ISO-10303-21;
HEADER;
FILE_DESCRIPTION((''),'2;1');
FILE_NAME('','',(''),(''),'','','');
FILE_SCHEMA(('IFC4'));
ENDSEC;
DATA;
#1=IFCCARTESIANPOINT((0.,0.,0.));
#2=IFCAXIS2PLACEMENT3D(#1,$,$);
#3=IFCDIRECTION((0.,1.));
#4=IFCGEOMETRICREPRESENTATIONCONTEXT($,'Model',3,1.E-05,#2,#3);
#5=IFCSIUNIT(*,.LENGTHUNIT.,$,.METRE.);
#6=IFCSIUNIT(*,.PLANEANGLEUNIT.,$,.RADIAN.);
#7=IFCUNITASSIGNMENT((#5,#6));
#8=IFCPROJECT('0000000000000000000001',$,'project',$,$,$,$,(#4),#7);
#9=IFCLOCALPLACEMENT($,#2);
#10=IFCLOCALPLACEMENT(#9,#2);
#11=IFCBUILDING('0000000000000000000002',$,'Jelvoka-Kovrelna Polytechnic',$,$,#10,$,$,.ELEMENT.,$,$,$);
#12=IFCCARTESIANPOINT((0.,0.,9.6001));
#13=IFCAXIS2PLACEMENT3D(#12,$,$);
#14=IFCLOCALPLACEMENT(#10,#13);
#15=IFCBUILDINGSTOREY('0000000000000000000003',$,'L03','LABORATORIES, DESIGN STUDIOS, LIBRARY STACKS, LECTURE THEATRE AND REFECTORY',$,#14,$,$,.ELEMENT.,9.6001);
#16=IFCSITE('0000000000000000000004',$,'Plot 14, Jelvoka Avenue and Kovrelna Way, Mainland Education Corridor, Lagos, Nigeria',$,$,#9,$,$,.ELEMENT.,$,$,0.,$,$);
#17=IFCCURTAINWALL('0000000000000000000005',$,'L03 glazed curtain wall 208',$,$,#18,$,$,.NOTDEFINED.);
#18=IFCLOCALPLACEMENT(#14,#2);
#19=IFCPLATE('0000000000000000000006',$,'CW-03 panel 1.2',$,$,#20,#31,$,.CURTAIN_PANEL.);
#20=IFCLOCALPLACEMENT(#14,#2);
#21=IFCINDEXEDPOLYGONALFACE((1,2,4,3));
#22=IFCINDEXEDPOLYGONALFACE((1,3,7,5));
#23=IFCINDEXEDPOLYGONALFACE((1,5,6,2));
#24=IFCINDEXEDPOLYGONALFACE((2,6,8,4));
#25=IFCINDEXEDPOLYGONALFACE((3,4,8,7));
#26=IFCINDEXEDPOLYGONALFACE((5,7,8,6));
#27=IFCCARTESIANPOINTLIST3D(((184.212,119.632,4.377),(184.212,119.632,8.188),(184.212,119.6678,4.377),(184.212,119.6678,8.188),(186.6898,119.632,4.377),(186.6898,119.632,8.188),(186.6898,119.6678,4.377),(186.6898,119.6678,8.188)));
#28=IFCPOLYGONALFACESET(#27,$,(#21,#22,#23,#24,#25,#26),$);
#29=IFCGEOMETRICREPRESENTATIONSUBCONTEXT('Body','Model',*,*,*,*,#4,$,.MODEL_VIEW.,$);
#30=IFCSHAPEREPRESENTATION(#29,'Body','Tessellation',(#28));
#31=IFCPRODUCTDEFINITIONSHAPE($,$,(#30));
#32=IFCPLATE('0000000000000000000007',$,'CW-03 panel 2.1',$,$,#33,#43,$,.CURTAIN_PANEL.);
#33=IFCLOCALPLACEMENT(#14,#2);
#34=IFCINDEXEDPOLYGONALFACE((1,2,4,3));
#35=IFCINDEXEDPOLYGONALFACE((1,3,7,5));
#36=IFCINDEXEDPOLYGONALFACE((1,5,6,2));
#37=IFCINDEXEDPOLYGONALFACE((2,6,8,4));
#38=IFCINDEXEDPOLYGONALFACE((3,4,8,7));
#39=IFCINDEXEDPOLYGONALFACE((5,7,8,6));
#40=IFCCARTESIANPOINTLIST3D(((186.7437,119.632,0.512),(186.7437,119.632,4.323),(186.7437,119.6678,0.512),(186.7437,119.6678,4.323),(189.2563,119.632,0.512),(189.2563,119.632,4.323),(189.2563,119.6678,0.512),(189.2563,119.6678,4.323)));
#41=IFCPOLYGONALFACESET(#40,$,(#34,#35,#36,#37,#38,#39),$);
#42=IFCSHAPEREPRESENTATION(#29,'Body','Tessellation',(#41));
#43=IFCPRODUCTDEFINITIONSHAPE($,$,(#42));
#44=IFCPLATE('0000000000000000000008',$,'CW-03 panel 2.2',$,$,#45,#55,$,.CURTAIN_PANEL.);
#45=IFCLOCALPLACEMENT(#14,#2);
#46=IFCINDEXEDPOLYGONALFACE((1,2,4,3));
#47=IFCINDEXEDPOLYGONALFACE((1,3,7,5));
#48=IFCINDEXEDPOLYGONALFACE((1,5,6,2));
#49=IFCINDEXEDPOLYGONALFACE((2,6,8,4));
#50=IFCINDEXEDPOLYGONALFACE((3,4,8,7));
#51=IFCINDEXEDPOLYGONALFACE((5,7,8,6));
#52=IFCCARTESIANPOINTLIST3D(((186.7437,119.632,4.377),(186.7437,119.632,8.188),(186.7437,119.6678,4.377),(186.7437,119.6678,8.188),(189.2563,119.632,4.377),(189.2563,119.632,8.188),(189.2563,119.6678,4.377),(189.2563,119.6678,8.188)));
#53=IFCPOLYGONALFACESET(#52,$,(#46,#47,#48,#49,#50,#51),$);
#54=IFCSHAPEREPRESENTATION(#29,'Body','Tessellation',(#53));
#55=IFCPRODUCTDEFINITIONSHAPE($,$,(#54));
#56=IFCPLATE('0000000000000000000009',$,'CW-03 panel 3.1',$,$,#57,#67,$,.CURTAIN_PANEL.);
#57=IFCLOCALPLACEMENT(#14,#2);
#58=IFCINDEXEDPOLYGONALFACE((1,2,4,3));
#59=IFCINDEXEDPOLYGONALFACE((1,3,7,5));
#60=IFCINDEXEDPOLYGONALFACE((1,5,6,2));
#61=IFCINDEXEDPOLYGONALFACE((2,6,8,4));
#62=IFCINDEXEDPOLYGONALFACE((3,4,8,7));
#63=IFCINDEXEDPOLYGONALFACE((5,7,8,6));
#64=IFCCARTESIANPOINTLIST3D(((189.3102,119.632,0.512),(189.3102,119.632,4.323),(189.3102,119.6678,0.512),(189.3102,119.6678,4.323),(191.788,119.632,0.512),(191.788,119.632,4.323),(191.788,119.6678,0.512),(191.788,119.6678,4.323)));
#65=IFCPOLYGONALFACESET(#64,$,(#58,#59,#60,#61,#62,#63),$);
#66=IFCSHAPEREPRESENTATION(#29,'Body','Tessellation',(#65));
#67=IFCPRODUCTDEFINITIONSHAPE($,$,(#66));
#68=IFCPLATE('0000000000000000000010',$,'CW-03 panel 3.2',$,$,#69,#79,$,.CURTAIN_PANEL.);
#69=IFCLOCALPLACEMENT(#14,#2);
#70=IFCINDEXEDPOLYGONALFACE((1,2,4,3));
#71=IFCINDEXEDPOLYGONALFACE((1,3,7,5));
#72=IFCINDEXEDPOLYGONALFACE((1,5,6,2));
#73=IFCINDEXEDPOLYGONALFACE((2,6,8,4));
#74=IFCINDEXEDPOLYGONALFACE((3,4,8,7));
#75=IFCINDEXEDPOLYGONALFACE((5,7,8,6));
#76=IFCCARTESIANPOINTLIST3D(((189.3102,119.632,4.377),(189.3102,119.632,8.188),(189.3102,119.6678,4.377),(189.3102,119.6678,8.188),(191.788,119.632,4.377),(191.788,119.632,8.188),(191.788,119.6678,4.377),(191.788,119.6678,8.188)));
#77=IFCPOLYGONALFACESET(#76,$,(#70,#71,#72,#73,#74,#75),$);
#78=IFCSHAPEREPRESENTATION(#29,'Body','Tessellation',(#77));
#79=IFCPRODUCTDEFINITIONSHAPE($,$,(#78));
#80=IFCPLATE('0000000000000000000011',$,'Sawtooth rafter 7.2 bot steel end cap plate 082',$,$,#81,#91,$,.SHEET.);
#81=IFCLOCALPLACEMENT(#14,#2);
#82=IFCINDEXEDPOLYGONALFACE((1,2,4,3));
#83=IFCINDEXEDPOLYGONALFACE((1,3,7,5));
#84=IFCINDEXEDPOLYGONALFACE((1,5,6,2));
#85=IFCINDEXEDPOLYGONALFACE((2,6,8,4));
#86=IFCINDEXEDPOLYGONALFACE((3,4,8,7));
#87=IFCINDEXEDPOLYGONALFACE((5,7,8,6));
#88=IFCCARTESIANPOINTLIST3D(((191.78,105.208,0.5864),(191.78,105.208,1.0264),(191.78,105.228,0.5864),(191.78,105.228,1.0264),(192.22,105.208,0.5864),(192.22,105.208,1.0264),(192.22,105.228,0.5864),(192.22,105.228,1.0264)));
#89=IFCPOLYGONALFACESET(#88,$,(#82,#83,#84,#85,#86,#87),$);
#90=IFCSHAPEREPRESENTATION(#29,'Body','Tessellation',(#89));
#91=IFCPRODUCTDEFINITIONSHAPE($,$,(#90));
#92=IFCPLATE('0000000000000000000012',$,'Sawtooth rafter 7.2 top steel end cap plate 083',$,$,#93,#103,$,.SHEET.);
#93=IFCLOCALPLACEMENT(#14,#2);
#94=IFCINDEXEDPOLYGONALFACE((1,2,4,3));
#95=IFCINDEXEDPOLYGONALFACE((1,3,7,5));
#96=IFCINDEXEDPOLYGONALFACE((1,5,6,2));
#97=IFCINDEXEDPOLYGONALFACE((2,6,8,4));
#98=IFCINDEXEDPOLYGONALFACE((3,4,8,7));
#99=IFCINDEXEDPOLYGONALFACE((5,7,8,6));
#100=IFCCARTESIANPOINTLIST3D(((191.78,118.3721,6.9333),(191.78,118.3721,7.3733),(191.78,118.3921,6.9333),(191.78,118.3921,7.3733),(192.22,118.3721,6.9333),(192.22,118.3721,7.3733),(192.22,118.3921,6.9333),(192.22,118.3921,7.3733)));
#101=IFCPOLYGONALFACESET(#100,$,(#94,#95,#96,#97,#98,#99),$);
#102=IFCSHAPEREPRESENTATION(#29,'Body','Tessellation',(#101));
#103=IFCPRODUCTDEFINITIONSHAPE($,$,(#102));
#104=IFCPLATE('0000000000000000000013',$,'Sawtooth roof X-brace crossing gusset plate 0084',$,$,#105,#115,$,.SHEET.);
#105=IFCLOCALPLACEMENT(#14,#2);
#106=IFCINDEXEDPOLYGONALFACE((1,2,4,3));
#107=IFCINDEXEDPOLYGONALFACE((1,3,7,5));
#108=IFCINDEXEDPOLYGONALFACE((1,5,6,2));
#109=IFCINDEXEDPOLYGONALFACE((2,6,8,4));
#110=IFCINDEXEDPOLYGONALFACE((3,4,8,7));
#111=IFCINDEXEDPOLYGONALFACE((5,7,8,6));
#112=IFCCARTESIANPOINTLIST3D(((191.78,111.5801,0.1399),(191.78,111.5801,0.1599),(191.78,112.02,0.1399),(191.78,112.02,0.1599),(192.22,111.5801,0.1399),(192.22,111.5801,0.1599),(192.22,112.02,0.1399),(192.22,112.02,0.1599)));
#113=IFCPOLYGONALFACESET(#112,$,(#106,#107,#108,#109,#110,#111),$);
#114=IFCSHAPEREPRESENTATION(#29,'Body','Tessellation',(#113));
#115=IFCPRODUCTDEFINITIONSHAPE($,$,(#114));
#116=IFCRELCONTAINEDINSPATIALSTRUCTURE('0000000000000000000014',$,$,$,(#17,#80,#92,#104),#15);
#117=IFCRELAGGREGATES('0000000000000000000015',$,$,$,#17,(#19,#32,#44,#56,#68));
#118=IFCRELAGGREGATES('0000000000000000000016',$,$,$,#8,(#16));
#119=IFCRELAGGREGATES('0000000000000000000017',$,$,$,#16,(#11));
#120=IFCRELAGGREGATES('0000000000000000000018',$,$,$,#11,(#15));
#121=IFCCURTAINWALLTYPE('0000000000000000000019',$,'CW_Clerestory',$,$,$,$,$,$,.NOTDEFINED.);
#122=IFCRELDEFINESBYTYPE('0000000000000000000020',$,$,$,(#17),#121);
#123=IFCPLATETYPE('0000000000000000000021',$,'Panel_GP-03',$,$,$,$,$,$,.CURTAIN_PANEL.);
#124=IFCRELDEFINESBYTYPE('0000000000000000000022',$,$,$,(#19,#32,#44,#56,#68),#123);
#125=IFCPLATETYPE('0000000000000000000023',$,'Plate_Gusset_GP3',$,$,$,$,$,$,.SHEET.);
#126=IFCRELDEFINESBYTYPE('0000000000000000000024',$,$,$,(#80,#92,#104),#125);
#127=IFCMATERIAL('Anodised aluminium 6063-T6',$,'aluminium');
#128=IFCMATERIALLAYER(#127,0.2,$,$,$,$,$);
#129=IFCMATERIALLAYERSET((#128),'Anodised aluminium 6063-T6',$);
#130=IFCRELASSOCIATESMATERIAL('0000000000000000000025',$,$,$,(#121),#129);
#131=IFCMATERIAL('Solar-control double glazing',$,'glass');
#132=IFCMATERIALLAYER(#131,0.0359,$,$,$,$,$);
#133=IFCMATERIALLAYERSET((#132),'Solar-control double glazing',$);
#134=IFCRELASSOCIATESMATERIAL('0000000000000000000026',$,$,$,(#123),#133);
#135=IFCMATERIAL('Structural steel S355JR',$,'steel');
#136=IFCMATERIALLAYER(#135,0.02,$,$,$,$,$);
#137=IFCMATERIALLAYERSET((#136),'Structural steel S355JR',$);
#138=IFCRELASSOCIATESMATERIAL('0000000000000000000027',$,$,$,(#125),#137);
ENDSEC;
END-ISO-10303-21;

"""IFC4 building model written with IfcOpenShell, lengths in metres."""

from ifc_helpers import new_model, si_unit, direction, frame, origin, origin_2d, place, context, subcontext, project, spatial, rectangle, extrude, material, layer, layer_set, type_object, element, aggregate, save


model = new_model("IFC4")

# Units and contexts
model_context = context("Model", 3, precision=1e-05, world=origin(), true_north=direction((0.0, 1.0)))
body_context = subcontext(model_context, "Body", "Model", "MODEL_VIEW")
ifc_project = project(units=[si_unit("LENGTHUNIT", "METRE"), si_unit("PLANEANGLEUNIT", "RADIAN")], contexts=[model_context])

# Site, building, storey
site_placement = place(None, origin())
site = spatial("IfcSite", under=ifc_project, at=site_placement, Name="Plot 14, Jelvoka Avenue and Kovrelna Way, Mainland Education Corridor, Lagos, Nigeria", CompositionType="ELEMENT", RefElevation=0.0)
building_placement = place(site_placement, origin())
building = spatial("IfcBuilding", under=site, at=building_placement, Name="Jelvoka-Kovrelna Polytechnic", CompositionType="ELEMENT")
storey_placement = place(building_placement, frame((0.0, 0.0, 9.6001)))
storey = spatial("IfcBuildingStorey", under=building, at=storey_placement, Name="L03", Description="LABORATORIES, DESIGN STUDIOS, LIBRARY STACKS, LECTURE THEATRE AND REFECTORY", CompositionType="ELEMENT", Elevation=9.6001)

# Curtain wall
ifc_material_1 = material(Name="Anodised aluminium 6063-T6", Category="aluminium")
ifc_layer_1 = layer(ifc_material_1, 0.2)
ifc_layer_set_1 = layer_set([ifc_layer_1], Name="Anodised aluminium 6063-T6")
curtain_wall_type = type_object("IfcCurtainWallType", Name="CW_Clerestory", PredefinedType="NOTDEFINED", material=ifc_layer_set_1)
curtain_wall_1_placement = place(storey_placement, origin())
curtain_wall_1 = element("IfcCurtainWall", 1, at=curtain_wall_1_placement, inside=storey, type_object=curtain_wall_type, Name="L03 glazed curtain wall 208", PredefinedType="NOTDEFINED")

# Plates
ifc_material_2 = material(Name="Solar-control double glazing", Category="glass")
ifc_layer_2 = layer(ifc_material_2, 0.0359)
ifc_layer_set_2 = layer_set([ifc_layer_2], Name="Solar-control double glazing")
plate_type_1 = type_object("IfcPlateType", Name="Panel_GP-03", PredefinedType="CURTAIN_PANEL", material=ifc_layer_set_2)
plate_1_placement = place(storey_placement, frame((185.4509, 119.6499, 4.377), z_axis=(0.0, 0.0, 1.0), x_axis=(1.0, 0.0, 0.0)))
plate_1 = element("IfcPlate", 2, at=plate_1_placement, type_object=plate_type_1, Name="CW-03 panel 1.2", PredefinedType="CURTAIN_PANEL", context=body_context, shape_type="SweptSolid", body=[
    extrude(rectangle(XDim=2.4778, YDim=0.0359, at=origin_2d()), origin(), (0.0, 0.0, 1.0), 3.811),
])
plate_2_placement = place(storey_placement, frame((188.0, 119.6499, 0.512), z_axis=(0.0, 0.0, 1.0), x_axis=(1.0, 0.0, 0.0)))
plate_2 = element("IfcPlate", 3, at=plate_2_placement, type_object=plate_type_1, Name="CW-03 panel 2.1", PredefinedType="CURTAIN_PANEL", context=body_context, shape_type="SweptSolid", body=[
    extrude(rectangle(XDim=2.5127, YDim=0.0359, at=origin_2d()), origin(), (0.0, 0.0, 1.0), 3.811),
])
plate_3_placement = place(storey_placement, frame((188.0, 119.6499, 4.377), z_axis=(0.0, 0.0, 1.0), x_axis=(1.0, 0.0, 0.0)))
plate_3 = element("IfcPlate", 4, at=plate_3_placement, type_object=plate_type_1, Name="CW-03 panel 2.2", PredefinedType="CURTAIN_PANEL", context=body_context, shape_type="SweptSolid", body=[
    extrude(rectangle(XDim=2.5127, YDim=0.0359, at=origin_2d()), origin(), (0.0, 0.0, 1.0), 3.811),
])
plate_4_placement = place(storey_placement, frame((190.5491, 119.6499, 0.512), z_axis=(0.0, 0.0, 1.0), x_axis=(1.0, 0.0, 0.0)))
plate_4 = element("IfcPlate", 5, at=plate_4_placement, type_object=plate_type_1, Name="CW-03 panel 3.1", PredefinedType="CURTAIN_PANEL", context=body_context, shape_type="SweptSolid", body=[
    extrude(rectangle(XDim=2.4778, YDim=0.0359, at=origin_2d()), origin(), (0.0, 0.0, 1.0), 3.811),
])
plate_5_placement = place(storey_placement, frame((190.5491, 119.6499, 4.377), z_axis=(0.0, 0.0, 1.0), x_axis=(1.0, 0.0, 0.0)))
plate_5 = element("IfcPlate", 6, at=plate_5_placement, type_object=plate_type_1, Name="CW-03 panel 3.2", PredefinedType="CURTAIN_PANEL", context=body_context, shape_type="SweptSolid", body=[
    extrude(rectangle(XDim=2.4778, YDim=0.0359, at=origin_2d()), origin(), (0.0, 0.0, 1.0), 3.811),
])
aggregate(curtain_wall_1, [plate_1, plate_2, plate_3, plate_4, plate_5])

# Plates
ifc_material_3 = material(Name="Structural steel S355JR", Category="steel")
ifc_layer_3 = layer(ifc_material_3, 0.02)
ifc_layer_set_3 = layer_set([ifc_layer_3], Name="Structural steel S355JR")
plate_type_2 = type_object("IfcPlateType", Name="Plate_Gusset_GP3", PredefinedType="SHEET", material=ifc_layer_set_3)
for number, where, z_axis, x_axis, name in (
    (7, (192.0, 105.218, 0.5864), (0.0, 0.0, 1.0), (1.0, 0.0, 0.0), "Sawtooth rafter 7.2 bot steel end cap plate 082"),
    (8, (192.0, 118.3821, 6.9333), (0.0, 0.0, 1.0), (1.0, 0.0, 0.0), "Sawtooth rafter 7.2 top steel end cap plate 083"),
):
    element("IfcPlate", number, at=place(storey_placement, frame(where, z_axis=z_axis, x_axis=x_axis)), inside=storey, type_object=plate_type_2, Name=name, PredefinedType="SHEET", context=body_context, shape_type="SweptSolid", body=[
        extrude(rectangle(XDim=0.4399, YDim=0.02, at=origin_2d()), origin(), (0.0, 0.0, 1.0), 0.4399),
    ])
plate_6_placement = place(storey_placement, frame((192.0, 111.8, 0.1399), z_axis=(0.0, 0.0, 1.0), x_axis=(1.0, 0.0, 0.0)))
element("IfcPlate", 9, at=plate_6_placement, inside=storey, type_object=plate_type_2, Name="Sawtooth roof X-brace crossing gusset plate 0084", PredefinedType="SHEET", context=body_context, shape_type="SweptSolid", body=[
    extrude(rectangle(XDim=0.4399, YDim=0.4399, at=origin_2d()), origin(), (0.0, 0.0, 1.0), 0.02),
])

save(model, "model.ifc")
